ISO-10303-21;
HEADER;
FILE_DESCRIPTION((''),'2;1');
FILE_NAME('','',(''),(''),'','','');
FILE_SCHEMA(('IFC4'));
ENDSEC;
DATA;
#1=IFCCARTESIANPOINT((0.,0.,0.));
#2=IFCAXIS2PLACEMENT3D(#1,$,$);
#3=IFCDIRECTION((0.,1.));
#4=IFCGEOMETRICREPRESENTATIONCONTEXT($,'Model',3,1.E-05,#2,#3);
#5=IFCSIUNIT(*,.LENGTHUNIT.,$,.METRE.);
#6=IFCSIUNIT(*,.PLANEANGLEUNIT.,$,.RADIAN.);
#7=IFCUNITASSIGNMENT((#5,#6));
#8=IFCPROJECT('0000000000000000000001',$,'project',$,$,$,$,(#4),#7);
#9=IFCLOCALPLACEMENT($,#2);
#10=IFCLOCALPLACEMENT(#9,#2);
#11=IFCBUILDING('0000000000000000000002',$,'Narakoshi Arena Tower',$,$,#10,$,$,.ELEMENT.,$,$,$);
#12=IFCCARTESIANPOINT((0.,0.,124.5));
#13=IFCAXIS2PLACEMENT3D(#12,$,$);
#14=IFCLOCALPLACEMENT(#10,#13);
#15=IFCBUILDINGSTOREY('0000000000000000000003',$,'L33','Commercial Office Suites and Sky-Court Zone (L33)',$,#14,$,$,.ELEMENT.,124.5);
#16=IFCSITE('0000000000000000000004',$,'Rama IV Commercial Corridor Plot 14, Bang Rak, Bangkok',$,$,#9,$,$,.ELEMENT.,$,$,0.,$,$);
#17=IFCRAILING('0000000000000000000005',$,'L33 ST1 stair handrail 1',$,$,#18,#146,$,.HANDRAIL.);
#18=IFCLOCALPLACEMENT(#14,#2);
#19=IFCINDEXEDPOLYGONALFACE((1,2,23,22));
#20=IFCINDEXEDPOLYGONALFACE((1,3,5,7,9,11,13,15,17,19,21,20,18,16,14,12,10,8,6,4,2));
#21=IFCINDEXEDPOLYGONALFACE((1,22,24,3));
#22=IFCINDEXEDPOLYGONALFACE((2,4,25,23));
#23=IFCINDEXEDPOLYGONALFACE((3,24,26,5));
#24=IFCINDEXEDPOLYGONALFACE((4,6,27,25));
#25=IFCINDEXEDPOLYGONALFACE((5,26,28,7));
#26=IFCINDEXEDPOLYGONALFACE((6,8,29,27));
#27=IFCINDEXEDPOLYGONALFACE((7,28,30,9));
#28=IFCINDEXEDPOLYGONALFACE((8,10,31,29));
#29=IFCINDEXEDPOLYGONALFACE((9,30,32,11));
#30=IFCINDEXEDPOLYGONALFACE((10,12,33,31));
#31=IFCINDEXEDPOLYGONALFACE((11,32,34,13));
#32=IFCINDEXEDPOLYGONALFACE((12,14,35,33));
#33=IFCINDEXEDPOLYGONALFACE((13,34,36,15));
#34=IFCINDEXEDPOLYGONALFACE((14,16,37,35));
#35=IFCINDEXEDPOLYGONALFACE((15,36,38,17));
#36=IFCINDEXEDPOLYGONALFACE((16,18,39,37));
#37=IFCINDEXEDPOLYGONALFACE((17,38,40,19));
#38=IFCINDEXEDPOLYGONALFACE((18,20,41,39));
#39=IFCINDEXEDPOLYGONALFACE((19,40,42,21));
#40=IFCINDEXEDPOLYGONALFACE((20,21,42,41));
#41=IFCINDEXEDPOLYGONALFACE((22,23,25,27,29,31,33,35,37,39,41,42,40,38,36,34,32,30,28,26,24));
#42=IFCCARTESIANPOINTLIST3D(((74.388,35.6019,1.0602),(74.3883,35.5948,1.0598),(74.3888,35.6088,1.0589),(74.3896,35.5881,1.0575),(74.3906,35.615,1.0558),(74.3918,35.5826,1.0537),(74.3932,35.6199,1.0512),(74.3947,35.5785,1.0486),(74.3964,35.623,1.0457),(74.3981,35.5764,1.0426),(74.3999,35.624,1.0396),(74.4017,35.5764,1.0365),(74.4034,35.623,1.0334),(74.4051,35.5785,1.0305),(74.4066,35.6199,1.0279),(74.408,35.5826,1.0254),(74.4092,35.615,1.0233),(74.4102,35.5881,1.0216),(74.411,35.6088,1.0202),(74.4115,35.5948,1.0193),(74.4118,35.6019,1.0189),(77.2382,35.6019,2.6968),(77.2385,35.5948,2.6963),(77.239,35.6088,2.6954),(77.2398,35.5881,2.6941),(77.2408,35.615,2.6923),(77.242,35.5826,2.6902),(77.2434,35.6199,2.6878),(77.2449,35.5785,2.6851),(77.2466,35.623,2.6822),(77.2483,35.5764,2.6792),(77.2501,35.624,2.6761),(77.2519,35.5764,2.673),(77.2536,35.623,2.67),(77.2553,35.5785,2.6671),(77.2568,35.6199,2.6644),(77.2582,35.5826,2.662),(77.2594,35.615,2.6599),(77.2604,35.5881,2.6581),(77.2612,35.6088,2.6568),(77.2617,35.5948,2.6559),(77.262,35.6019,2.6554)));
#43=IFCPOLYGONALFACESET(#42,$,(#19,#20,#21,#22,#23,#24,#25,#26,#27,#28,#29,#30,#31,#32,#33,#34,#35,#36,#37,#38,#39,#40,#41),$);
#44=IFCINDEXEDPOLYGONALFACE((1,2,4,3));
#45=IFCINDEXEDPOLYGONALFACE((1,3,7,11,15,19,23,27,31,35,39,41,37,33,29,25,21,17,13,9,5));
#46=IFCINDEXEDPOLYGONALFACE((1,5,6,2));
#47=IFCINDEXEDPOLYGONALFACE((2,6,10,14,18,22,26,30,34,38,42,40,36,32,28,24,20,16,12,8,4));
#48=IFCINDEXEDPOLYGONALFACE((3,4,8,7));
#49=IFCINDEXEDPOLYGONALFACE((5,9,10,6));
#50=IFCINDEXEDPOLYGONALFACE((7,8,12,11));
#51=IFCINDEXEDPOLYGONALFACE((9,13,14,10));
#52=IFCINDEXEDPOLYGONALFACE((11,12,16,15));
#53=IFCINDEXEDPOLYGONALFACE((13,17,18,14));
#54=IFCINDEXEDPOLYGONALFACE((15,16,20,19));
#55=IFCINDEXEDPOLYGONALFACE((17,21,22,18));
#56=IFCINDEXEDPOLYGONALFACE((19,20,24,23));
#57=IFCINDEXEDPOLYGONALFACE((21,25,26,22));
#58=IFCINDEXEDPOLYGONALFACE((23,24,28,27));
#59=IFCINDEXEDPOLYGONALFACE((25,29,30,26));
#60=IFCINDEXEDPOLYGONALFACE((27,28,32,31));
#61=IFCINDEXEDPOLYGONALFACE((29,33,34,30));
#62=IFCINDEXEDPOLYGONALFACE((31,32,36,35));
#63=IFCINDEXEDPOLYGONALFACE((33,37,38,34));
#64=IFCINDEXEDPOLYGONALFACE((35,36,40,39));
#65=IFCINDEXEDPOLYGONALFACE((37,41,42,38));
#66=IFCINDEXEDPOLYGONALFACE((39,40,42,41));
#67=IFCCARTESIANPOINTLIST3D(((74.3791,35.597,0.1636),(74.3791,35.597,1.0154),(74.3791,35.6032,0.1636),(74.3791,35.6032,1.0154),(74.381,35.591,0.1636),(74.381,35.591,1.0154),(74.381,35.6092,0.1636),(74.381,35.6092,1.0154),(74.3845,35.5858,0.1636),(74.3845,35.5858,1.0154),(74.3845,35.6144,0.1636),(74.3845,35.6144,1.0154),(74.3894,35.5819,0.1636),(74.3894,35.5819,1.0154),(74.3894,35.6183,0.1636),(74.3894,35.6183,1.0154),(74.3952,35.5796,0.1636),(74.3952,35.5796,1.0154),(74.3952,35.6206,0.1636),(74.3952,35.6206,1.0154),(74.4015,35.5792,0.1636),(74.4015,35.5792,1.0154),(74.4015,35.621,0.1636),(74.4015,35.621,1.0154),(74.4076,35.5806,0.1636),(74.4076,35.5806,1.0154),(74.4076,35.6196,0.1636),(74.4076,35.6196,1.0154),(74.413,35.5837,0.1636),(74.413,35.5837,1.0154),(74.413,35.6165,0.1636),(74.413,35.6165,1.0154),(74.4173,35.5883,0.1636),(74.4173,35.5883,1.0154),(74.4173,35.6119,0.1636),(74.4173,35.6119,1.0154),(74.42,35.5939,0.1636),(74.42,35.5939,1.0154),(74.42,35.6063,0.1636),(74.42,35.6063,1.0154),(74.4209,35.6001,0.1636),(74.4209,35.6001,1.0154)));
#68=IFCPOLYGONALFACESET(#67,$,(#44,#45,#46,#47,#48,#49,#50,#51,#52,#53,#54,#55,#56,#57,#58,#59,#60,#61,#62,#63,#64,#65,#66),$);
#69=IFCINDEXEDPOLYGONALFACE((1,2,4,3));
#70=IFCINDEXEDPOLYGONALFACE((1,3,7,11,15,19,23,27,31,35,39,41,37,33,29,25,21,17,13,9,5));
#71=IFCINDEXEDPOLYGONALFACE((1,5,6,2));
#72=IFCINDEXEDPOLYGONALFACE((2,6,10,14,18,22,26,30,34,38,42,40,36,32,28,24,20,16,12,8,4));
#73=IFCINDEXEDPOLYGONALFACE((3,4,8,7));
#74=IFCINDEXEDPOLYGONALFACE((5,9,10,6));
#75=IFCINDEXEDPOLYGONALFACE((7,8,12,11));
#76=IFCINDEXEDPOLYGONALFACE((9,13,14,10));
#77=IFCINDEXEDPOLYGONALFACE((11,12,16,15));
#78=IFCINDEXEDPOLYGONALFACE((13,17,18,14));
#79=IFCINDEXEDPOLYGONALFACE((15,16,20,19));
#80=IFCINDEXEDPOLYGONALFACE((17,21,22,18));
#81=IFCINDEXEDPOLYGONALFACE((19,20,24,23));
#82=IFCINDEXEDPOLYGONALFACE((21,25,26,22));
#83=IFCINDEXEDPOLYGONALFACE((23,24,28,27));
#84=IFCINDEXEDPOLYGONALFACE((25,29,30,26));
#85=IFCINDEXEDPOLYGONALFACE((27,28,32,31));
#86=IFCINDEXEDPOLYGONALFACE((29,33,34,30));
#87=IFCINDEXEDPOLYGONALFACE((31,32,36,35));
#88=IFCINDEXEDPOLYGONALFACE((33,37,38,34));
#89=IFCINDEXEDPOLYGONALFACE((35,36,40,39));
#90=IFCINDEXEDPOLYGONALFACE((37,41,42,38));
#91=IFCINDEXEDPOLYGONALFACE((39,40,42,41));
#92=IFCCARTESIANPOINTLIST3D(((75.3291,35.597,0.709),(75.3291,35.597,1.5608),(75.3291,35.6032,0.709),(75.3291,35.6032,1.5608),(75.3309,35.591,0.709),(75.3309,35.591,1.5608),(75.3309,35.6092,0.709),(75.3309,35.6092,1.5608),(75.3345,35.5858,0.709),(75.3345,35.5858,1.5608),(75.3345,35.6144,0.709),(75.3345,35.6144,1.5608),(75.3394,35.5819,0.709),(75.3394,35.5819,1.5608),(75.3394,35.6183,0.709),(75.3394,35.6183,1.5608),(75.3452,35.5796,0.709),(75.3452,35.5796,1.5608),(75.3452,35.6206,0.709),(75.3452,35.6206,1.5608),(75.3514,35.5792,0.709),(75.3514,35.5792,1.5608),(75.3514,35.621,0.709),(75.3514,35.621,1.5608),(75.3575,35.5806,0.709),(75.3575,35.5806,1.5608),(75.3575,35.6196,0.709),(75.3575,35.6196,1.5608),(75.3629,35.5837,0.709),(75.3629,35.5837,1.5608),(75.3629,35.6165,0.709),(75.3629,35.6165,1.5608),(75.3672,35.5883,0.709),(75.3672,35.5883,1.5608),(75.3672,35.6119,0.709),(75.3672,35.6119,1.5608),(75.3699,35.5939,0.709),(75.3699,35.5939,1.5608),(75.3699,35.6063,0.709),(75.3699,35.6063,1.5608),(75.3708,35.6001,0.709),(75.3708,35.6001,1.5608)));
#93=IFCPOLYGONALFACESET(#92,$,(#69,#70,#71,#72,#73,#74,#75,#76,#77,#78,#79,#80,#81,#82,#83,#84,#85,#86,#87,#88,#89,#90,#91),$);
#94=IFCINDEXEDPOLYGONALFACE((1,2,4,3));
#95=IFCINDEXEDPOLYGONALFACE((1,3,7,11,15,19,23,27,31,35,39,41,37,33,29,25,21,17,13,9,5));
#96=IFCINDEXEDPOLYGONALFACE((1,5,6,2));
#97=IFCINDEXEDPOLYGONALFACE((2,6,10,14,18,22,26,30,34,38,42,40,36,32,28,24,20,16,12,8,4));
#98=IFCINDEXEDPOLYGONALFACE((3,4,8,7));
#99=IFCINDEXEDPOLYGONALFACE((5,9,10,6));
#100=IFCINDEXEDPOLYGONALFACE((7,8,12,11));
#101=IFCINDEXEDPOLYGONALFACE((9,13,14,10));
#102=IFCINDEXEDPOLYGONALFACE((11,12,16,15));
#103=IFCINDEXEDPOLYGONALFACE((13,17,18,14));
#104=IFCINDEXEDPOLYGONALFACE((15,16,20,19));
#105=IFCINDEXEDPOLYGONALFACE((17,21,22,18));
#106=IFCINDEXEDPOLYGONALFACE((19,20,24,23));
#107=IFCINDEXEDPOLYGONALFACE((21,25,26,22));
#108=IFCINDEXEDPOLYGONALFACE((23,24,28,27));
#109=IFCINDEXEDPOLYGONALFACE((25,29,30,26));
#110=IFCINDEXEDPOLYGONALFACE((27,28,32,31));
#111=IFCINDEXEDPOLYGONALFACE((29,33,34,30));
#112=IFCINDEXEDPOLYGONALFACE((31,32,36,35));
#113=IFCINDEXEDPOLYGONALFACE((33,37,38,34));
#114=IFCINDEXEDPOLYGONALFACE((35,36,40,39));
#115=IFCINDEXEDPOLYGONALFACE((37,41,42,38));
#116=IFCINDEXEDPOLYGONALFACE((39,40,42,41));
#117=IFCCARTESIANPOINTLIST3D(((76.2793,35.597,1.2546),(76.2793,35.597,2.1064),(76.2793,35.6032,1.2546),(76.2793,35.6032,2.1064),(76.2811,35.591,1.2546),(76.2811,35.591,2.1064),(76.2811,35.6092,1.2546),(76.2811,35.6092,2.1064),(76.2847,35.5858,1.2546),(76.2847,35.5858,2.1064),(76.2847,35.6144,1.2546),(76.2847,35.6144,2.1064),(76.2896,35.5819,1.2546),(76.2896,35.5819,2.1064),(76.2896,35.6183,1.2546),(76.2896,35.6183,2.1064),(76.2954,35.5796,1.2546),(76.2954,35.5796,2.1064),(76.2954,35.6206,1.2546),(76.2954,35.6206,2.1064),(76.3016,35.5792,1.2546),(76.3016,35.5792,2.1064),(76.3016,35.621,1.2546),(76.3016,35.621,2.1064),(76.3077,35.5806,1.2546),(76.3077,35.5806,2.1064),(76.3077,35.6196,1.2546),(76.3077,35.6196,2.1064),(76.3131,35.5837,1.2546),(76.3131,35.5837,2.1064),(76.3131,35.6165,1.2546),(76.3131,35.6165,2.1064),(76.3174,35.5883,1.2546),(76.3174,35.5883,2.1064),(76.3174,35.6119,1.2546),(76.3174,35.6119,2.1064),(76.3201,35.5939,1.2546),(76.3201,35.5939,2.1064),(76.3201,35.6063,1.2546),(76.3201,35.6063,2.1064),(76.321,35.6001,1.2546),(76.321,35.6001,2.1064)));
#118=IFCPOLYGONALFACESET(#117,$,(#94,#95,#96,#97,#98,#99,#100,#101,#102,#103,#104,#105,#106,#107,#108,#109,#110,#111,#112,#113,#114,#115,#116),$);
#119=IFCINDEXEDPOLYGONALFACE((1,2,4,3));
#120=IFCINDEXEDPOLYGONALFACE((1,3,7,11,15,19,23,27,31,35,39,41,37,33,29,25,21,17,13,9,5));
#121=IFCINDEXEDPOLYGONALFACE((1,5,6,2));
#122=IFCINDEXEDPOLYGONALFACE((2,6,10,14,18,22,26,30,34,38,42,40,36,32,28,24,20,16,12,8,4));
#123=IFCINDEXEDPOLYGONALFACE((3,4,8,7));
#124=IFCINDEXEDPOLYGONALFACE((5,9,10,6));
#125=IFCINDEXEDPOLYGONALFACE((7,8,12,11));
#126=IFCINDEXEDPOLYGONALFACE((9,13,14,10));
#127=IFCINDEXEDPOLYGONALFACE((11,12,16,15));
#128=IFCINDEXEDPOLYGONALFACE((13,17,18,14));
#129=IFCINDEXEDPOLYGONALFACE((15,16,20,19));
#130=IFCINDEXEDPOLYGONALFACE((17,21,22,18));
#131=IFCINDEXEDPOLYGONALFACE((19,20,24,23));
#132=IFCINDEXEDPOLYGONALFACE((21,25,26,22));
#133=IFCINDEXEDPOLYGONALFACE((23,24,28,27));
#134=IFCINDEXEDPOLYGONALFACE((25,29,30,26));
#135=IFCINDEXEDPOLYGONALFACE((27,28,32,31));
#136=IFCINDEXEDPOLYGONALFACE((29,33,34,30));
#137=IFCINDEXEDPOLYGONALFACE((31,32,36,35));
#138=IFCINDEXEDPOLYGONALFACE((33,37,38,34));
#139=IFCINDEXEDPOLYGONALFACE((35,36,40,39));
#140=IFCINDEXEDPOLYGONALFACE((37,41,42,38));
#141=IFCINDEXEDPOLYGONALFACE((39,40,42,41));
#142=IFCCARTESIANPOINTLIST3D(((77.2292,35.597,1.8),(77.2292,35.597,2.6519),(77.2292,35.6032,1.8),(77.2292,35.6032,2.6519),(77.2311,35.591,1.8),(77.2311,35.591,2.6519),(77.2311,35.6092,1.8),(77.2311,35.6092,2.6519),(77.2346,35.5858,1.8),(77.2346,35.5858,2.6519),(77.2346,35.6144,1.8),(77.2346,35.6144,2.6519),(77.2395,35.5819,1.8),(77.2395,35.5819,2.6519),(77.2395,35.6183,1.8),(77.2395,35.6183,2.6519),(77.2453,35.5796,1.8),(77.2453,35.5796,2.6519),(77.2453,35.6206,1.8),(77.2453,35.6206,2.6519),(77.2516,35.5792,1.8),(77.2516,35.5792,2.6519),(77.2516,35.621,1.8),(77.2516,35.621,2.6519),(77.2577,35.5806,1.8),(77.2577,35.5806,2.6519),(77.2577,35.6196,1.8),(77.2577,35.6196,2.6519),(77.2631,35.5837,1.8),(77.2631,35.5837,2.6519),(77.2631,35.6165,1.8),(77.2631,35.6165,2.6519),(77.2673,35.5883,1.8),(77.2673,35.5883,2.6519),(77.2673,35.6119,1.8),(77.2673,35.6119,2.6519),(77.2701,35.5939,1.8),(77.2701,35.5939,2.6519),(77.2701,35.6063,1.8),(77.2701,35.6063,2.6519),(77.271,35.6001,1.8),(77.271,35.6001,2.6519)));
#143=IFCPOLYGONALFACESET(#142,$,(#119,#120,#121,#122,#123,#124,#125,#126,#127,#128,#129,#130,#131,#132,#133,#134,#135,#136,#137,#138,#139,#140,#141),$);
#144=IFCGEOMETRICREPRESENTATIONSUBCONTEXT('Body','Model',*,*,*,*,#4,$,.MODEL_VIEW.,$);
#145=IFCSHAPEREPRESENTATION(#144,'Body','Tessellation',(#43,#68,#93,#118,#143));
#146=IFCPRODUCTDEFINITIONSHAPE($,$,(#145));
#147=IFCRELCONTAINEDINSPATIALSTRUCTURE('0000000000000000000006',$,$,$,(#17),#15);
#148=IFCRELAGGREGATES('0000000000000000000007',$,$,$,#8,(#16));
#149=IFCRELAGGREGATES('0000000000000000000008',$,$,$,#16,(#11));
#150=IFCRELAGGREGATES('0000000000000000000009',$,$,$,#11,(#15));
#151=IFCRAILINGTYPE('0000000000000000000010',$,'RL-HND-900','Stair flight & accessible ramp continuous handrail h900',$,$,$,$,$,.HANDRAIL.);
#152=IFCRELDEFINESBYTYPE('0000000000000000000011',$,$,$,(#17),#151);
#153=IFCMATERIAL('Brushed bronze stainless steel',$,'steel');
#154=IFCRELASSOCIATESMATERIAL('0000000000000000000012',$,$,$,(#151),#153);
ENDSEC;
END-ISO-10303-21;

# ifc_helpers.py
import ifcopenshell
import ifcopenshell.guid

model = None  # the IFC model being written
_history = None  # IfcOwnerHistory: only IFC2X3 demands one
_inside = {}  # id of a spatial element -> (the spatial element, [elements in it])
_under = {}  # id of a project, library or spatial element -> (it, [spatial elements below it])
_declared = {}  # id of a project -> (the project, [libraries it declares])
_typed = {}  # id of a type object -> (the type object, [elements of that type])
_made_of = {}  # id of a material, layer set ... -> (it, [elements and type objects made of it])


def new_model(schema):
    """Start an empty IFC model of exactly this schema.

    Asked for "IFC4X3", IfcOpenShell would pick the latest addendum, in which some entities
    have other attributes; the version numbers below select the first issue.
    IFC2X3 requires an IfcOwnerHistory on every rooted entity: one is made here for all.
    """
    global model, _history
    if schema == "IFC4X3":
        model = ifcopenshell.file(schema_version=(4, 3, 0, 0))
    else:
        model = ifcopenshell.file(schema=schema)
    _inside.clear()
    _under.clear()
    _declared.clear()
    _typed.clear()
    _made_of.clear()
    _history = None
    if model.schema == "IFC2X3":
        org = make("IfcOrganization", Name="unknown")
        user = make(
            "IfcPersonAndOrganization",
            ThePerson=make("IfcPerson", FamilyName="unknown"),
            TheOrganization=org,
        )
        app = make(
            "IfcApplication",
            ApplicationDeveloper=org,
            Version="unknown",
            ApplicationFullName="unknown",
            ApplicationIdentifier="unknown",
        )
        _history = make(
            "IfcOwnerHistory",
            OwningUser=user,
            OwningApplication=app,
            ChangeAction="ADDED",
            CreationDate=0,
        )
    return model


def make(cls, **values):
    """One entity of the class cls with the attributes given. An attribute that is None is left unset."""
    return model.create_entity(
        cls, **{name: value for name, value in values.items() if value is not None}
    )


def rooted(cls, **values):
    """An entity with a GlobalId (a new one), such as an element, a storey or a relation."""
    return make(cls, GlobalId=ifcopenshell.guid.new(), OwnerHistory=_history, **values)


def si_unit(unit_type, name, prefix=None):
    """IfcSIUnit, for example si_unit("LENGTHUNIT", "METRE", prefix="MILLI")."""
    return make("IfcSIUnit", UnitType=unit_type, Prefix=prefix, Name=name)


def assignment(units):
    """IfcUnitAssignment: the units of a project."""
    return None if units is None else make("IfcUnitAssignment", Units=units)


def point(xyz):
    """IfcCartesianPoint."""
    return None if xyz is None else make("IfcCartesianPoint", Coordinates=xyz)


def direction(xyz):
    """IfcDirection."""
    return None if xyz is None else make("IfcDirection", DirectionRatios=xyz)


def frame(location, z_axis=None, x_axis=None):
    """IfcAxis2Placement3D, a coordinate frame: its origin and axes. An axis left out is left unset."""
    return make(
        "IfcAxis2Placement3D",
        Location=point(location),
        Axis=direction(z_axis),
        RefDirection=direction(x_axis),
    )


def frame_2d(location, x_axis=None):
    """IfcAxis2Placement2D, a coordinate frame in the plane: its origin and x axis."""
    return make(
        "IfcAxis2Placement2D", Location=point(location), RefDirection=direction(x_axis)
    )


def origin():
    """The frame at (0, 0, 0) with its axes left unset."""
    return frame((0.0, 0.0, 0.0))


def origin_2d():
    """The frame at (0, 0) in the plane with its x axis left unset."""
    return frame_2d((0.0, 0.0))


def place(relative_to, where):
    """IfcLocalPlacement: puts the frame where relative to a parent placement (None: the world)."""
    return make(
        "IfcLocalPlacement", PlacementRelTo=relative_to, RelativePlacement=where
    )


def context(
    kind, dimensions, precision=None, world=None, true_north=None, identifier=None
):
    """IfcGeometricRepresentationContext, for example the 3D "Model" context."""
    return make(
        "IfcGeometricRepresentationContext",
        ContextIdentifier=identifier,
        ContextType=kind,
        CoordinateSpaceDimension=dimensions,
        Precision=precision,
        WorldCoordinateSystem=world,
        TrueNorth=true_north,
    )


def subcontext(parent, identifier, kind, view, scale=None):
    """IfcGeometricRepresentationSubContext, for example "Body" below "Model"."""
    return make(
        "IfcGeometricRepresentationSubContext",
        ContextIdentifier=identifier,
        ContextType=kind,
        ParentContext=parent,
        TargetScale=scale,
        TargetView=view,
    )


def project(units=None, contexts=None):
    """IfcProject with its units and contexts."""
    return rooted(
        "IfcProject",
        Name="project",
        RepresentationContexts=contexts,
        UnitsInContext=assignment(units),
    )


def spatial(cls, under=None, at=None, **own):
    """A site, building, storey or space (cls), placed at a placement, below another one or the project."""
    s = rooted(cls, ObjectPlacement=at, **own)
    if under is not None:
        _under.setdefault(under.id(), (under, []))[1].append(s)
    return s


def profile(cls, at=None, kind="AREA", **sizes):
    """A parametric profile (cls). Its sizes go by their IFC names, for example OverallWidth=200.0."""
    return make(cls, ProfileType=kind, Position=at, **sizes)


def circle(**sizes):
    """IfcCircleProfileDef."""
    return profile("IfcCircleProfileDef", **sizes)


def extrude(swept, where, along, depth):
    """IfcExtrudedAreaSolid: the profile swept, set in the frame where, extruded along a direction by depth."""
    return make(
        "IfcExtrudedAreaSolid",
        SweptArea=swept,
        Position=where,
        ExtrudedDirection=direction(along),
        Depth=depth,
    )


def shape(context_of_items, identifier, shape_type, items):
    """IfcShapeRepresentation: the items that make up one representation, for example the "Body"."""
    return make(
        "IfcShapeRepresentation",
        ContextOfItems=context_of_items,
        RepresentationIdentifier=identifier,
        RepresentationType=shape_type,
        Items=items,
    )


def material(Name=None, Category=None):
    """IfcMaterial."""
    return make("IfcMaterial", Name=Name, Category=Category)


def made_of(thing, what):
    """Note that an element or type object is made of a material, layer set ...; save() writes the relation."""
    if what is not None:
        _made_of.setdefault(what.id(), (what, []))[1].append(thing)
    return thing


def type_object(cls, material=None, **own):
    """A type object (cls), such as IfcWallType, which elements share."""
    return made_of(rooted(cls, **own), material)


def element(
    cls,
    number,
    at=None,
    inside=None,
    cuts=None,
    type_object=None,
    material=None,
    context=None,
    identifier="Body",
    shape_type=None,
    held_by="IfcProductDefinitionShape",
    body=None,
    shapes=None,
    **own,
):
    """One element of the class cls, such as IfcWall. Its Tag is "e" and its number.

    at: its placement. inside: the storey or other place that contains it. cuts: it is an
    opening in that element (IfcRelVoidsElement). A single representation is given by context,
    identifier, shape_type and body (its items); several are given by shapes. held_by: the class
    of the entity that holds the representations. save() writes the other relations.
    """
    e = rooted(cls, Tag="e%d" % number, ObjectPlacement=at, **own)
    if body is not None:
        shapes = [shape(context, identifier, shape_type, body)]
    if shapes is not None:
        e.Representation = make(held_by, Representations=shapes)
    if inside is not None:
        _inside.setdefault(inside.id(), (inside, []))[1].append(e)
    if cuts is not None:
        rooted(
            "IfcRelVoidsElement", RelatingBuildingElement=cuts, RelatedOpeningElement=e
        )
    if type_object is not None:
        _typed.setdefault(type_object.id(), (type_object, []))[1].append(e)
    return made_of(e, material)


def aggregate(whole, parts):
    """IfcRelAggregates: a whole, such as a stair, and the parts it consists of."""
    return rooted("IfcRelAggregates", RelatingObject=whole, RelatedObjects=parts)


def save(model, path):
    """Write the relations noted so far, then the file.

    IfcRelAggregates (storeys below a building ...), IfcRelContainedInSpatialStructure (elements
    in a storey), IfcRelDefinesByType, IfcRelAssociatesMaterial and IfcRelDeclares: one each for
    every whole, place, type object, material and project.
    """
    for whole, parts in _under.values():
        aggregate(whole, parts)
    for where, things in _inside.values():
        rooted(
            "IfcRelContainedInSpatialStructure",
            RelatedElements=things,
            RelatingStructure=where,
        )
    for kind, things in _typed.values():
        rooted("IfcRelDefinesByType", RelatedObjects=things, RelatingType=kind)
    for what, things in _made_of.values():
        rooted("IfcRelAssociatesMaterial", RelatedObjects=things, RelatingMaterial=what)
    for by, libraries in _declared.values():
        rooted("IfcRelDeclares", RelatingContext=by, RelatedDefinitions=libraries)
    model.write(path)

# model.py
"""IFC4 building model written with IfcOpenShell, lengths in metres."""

from ifc_helpers import new_model, si_unit, direction, frame, origin, origin_2d, place, context, subcontext, project, spatial, circle, extrude, material, type_object, element, save


model = new_model("IFC4")

# Units and contexts
model_context = context("Model", 3, precision=1e-05, world=origin(), true_north=direction((0.0, 1.0)))
body_context = subcontext(model_context, "Body", "Model", "MODEL_VIEW")
ifc_project = project(units=[si_unit("LENGTHUNIT", "METRE"), si_unit("PLANEANGLEUNIT", "RADIAN")], contexts=[model_context])

# Site, building, storey
site_placement = place(None, origin())
site = spatial("IfcSite", under=ifc_project, at=site_placement, Name="Rama IV Commercial Corridor Plot 14, Bang Rak, Bangkok", CompositionType="ELEMENT", RefElevation=0.0)
building_placement = place(site_placement, origin())
building = spatial("IfcBuilding", under=site, at=building_placement, Name="Narakoshi Arena Tower", CompositionType="ELEMENT")
storey_placement = place(building_placement, frame((0.0, 0.0, 124.5)))
storey = spatial("IfcBuildingStorey", under=building, at=storey_placement, Name="L33", Description="Commercial Office Suites and Sky-Court Zone (L33)", CompositionType="ELEMENT", Elevation=124.5)

# Railing
ifc_material_1 = material(Name="Brushed bronze stainless steel", Category="steel")
railing_type_1 = type_object("IfcRailingType", Name="RL-HND-900", Description="Stair flight & accessible ramp continuous handrail h900", PredefinedType="HANDRAIL", material=ifc_material_1)
railing_1_placement = place(storey_placement, frame((74.3999, 35.6001, 0.1636)))
element("IfcRailing", 1, at=railing_1_placement, inside=storey, type_object=railing_type_1, Name="L33 ST1 stair handrail 1", PredefinedType="HANDRAIL", context=body_context, shape_type="SweptSolid", body=[
    extrude(circle(Radius=0.0239, at=origin_2d()), frame((0.0, 0.0, 0.876), z_axis=(0.867213, 0.0, 0.497938), x_axis=(0.0, 1.0, 0.0)), (0.0, 0.0, 1.0), 3.2866),
    extrude(circle(Radius=0.021, at=origin_2d()), origin(), (0.0, 0.0, 1.0), 0.8518),
    extrude(circle(Radius=0.021, at=origin_2d()), frame((0.95, 0.0, 0.5454)), (0.0, 0.0, 1.0), 0.8518),
    extrude(circle(Radius=0.021, at=origin_2d()), frame((1.9001, 0.0, 1.0911)), (0.0, 0.0, 1.0), 0.8518),
    extrude(circle(Radius=0.021, at=origin_2d()), frame((2.8501, 0.0, 1.6365)), (0.0, 0.0, 1.0), 0.8518),
])

save(model, "model.ifc")
